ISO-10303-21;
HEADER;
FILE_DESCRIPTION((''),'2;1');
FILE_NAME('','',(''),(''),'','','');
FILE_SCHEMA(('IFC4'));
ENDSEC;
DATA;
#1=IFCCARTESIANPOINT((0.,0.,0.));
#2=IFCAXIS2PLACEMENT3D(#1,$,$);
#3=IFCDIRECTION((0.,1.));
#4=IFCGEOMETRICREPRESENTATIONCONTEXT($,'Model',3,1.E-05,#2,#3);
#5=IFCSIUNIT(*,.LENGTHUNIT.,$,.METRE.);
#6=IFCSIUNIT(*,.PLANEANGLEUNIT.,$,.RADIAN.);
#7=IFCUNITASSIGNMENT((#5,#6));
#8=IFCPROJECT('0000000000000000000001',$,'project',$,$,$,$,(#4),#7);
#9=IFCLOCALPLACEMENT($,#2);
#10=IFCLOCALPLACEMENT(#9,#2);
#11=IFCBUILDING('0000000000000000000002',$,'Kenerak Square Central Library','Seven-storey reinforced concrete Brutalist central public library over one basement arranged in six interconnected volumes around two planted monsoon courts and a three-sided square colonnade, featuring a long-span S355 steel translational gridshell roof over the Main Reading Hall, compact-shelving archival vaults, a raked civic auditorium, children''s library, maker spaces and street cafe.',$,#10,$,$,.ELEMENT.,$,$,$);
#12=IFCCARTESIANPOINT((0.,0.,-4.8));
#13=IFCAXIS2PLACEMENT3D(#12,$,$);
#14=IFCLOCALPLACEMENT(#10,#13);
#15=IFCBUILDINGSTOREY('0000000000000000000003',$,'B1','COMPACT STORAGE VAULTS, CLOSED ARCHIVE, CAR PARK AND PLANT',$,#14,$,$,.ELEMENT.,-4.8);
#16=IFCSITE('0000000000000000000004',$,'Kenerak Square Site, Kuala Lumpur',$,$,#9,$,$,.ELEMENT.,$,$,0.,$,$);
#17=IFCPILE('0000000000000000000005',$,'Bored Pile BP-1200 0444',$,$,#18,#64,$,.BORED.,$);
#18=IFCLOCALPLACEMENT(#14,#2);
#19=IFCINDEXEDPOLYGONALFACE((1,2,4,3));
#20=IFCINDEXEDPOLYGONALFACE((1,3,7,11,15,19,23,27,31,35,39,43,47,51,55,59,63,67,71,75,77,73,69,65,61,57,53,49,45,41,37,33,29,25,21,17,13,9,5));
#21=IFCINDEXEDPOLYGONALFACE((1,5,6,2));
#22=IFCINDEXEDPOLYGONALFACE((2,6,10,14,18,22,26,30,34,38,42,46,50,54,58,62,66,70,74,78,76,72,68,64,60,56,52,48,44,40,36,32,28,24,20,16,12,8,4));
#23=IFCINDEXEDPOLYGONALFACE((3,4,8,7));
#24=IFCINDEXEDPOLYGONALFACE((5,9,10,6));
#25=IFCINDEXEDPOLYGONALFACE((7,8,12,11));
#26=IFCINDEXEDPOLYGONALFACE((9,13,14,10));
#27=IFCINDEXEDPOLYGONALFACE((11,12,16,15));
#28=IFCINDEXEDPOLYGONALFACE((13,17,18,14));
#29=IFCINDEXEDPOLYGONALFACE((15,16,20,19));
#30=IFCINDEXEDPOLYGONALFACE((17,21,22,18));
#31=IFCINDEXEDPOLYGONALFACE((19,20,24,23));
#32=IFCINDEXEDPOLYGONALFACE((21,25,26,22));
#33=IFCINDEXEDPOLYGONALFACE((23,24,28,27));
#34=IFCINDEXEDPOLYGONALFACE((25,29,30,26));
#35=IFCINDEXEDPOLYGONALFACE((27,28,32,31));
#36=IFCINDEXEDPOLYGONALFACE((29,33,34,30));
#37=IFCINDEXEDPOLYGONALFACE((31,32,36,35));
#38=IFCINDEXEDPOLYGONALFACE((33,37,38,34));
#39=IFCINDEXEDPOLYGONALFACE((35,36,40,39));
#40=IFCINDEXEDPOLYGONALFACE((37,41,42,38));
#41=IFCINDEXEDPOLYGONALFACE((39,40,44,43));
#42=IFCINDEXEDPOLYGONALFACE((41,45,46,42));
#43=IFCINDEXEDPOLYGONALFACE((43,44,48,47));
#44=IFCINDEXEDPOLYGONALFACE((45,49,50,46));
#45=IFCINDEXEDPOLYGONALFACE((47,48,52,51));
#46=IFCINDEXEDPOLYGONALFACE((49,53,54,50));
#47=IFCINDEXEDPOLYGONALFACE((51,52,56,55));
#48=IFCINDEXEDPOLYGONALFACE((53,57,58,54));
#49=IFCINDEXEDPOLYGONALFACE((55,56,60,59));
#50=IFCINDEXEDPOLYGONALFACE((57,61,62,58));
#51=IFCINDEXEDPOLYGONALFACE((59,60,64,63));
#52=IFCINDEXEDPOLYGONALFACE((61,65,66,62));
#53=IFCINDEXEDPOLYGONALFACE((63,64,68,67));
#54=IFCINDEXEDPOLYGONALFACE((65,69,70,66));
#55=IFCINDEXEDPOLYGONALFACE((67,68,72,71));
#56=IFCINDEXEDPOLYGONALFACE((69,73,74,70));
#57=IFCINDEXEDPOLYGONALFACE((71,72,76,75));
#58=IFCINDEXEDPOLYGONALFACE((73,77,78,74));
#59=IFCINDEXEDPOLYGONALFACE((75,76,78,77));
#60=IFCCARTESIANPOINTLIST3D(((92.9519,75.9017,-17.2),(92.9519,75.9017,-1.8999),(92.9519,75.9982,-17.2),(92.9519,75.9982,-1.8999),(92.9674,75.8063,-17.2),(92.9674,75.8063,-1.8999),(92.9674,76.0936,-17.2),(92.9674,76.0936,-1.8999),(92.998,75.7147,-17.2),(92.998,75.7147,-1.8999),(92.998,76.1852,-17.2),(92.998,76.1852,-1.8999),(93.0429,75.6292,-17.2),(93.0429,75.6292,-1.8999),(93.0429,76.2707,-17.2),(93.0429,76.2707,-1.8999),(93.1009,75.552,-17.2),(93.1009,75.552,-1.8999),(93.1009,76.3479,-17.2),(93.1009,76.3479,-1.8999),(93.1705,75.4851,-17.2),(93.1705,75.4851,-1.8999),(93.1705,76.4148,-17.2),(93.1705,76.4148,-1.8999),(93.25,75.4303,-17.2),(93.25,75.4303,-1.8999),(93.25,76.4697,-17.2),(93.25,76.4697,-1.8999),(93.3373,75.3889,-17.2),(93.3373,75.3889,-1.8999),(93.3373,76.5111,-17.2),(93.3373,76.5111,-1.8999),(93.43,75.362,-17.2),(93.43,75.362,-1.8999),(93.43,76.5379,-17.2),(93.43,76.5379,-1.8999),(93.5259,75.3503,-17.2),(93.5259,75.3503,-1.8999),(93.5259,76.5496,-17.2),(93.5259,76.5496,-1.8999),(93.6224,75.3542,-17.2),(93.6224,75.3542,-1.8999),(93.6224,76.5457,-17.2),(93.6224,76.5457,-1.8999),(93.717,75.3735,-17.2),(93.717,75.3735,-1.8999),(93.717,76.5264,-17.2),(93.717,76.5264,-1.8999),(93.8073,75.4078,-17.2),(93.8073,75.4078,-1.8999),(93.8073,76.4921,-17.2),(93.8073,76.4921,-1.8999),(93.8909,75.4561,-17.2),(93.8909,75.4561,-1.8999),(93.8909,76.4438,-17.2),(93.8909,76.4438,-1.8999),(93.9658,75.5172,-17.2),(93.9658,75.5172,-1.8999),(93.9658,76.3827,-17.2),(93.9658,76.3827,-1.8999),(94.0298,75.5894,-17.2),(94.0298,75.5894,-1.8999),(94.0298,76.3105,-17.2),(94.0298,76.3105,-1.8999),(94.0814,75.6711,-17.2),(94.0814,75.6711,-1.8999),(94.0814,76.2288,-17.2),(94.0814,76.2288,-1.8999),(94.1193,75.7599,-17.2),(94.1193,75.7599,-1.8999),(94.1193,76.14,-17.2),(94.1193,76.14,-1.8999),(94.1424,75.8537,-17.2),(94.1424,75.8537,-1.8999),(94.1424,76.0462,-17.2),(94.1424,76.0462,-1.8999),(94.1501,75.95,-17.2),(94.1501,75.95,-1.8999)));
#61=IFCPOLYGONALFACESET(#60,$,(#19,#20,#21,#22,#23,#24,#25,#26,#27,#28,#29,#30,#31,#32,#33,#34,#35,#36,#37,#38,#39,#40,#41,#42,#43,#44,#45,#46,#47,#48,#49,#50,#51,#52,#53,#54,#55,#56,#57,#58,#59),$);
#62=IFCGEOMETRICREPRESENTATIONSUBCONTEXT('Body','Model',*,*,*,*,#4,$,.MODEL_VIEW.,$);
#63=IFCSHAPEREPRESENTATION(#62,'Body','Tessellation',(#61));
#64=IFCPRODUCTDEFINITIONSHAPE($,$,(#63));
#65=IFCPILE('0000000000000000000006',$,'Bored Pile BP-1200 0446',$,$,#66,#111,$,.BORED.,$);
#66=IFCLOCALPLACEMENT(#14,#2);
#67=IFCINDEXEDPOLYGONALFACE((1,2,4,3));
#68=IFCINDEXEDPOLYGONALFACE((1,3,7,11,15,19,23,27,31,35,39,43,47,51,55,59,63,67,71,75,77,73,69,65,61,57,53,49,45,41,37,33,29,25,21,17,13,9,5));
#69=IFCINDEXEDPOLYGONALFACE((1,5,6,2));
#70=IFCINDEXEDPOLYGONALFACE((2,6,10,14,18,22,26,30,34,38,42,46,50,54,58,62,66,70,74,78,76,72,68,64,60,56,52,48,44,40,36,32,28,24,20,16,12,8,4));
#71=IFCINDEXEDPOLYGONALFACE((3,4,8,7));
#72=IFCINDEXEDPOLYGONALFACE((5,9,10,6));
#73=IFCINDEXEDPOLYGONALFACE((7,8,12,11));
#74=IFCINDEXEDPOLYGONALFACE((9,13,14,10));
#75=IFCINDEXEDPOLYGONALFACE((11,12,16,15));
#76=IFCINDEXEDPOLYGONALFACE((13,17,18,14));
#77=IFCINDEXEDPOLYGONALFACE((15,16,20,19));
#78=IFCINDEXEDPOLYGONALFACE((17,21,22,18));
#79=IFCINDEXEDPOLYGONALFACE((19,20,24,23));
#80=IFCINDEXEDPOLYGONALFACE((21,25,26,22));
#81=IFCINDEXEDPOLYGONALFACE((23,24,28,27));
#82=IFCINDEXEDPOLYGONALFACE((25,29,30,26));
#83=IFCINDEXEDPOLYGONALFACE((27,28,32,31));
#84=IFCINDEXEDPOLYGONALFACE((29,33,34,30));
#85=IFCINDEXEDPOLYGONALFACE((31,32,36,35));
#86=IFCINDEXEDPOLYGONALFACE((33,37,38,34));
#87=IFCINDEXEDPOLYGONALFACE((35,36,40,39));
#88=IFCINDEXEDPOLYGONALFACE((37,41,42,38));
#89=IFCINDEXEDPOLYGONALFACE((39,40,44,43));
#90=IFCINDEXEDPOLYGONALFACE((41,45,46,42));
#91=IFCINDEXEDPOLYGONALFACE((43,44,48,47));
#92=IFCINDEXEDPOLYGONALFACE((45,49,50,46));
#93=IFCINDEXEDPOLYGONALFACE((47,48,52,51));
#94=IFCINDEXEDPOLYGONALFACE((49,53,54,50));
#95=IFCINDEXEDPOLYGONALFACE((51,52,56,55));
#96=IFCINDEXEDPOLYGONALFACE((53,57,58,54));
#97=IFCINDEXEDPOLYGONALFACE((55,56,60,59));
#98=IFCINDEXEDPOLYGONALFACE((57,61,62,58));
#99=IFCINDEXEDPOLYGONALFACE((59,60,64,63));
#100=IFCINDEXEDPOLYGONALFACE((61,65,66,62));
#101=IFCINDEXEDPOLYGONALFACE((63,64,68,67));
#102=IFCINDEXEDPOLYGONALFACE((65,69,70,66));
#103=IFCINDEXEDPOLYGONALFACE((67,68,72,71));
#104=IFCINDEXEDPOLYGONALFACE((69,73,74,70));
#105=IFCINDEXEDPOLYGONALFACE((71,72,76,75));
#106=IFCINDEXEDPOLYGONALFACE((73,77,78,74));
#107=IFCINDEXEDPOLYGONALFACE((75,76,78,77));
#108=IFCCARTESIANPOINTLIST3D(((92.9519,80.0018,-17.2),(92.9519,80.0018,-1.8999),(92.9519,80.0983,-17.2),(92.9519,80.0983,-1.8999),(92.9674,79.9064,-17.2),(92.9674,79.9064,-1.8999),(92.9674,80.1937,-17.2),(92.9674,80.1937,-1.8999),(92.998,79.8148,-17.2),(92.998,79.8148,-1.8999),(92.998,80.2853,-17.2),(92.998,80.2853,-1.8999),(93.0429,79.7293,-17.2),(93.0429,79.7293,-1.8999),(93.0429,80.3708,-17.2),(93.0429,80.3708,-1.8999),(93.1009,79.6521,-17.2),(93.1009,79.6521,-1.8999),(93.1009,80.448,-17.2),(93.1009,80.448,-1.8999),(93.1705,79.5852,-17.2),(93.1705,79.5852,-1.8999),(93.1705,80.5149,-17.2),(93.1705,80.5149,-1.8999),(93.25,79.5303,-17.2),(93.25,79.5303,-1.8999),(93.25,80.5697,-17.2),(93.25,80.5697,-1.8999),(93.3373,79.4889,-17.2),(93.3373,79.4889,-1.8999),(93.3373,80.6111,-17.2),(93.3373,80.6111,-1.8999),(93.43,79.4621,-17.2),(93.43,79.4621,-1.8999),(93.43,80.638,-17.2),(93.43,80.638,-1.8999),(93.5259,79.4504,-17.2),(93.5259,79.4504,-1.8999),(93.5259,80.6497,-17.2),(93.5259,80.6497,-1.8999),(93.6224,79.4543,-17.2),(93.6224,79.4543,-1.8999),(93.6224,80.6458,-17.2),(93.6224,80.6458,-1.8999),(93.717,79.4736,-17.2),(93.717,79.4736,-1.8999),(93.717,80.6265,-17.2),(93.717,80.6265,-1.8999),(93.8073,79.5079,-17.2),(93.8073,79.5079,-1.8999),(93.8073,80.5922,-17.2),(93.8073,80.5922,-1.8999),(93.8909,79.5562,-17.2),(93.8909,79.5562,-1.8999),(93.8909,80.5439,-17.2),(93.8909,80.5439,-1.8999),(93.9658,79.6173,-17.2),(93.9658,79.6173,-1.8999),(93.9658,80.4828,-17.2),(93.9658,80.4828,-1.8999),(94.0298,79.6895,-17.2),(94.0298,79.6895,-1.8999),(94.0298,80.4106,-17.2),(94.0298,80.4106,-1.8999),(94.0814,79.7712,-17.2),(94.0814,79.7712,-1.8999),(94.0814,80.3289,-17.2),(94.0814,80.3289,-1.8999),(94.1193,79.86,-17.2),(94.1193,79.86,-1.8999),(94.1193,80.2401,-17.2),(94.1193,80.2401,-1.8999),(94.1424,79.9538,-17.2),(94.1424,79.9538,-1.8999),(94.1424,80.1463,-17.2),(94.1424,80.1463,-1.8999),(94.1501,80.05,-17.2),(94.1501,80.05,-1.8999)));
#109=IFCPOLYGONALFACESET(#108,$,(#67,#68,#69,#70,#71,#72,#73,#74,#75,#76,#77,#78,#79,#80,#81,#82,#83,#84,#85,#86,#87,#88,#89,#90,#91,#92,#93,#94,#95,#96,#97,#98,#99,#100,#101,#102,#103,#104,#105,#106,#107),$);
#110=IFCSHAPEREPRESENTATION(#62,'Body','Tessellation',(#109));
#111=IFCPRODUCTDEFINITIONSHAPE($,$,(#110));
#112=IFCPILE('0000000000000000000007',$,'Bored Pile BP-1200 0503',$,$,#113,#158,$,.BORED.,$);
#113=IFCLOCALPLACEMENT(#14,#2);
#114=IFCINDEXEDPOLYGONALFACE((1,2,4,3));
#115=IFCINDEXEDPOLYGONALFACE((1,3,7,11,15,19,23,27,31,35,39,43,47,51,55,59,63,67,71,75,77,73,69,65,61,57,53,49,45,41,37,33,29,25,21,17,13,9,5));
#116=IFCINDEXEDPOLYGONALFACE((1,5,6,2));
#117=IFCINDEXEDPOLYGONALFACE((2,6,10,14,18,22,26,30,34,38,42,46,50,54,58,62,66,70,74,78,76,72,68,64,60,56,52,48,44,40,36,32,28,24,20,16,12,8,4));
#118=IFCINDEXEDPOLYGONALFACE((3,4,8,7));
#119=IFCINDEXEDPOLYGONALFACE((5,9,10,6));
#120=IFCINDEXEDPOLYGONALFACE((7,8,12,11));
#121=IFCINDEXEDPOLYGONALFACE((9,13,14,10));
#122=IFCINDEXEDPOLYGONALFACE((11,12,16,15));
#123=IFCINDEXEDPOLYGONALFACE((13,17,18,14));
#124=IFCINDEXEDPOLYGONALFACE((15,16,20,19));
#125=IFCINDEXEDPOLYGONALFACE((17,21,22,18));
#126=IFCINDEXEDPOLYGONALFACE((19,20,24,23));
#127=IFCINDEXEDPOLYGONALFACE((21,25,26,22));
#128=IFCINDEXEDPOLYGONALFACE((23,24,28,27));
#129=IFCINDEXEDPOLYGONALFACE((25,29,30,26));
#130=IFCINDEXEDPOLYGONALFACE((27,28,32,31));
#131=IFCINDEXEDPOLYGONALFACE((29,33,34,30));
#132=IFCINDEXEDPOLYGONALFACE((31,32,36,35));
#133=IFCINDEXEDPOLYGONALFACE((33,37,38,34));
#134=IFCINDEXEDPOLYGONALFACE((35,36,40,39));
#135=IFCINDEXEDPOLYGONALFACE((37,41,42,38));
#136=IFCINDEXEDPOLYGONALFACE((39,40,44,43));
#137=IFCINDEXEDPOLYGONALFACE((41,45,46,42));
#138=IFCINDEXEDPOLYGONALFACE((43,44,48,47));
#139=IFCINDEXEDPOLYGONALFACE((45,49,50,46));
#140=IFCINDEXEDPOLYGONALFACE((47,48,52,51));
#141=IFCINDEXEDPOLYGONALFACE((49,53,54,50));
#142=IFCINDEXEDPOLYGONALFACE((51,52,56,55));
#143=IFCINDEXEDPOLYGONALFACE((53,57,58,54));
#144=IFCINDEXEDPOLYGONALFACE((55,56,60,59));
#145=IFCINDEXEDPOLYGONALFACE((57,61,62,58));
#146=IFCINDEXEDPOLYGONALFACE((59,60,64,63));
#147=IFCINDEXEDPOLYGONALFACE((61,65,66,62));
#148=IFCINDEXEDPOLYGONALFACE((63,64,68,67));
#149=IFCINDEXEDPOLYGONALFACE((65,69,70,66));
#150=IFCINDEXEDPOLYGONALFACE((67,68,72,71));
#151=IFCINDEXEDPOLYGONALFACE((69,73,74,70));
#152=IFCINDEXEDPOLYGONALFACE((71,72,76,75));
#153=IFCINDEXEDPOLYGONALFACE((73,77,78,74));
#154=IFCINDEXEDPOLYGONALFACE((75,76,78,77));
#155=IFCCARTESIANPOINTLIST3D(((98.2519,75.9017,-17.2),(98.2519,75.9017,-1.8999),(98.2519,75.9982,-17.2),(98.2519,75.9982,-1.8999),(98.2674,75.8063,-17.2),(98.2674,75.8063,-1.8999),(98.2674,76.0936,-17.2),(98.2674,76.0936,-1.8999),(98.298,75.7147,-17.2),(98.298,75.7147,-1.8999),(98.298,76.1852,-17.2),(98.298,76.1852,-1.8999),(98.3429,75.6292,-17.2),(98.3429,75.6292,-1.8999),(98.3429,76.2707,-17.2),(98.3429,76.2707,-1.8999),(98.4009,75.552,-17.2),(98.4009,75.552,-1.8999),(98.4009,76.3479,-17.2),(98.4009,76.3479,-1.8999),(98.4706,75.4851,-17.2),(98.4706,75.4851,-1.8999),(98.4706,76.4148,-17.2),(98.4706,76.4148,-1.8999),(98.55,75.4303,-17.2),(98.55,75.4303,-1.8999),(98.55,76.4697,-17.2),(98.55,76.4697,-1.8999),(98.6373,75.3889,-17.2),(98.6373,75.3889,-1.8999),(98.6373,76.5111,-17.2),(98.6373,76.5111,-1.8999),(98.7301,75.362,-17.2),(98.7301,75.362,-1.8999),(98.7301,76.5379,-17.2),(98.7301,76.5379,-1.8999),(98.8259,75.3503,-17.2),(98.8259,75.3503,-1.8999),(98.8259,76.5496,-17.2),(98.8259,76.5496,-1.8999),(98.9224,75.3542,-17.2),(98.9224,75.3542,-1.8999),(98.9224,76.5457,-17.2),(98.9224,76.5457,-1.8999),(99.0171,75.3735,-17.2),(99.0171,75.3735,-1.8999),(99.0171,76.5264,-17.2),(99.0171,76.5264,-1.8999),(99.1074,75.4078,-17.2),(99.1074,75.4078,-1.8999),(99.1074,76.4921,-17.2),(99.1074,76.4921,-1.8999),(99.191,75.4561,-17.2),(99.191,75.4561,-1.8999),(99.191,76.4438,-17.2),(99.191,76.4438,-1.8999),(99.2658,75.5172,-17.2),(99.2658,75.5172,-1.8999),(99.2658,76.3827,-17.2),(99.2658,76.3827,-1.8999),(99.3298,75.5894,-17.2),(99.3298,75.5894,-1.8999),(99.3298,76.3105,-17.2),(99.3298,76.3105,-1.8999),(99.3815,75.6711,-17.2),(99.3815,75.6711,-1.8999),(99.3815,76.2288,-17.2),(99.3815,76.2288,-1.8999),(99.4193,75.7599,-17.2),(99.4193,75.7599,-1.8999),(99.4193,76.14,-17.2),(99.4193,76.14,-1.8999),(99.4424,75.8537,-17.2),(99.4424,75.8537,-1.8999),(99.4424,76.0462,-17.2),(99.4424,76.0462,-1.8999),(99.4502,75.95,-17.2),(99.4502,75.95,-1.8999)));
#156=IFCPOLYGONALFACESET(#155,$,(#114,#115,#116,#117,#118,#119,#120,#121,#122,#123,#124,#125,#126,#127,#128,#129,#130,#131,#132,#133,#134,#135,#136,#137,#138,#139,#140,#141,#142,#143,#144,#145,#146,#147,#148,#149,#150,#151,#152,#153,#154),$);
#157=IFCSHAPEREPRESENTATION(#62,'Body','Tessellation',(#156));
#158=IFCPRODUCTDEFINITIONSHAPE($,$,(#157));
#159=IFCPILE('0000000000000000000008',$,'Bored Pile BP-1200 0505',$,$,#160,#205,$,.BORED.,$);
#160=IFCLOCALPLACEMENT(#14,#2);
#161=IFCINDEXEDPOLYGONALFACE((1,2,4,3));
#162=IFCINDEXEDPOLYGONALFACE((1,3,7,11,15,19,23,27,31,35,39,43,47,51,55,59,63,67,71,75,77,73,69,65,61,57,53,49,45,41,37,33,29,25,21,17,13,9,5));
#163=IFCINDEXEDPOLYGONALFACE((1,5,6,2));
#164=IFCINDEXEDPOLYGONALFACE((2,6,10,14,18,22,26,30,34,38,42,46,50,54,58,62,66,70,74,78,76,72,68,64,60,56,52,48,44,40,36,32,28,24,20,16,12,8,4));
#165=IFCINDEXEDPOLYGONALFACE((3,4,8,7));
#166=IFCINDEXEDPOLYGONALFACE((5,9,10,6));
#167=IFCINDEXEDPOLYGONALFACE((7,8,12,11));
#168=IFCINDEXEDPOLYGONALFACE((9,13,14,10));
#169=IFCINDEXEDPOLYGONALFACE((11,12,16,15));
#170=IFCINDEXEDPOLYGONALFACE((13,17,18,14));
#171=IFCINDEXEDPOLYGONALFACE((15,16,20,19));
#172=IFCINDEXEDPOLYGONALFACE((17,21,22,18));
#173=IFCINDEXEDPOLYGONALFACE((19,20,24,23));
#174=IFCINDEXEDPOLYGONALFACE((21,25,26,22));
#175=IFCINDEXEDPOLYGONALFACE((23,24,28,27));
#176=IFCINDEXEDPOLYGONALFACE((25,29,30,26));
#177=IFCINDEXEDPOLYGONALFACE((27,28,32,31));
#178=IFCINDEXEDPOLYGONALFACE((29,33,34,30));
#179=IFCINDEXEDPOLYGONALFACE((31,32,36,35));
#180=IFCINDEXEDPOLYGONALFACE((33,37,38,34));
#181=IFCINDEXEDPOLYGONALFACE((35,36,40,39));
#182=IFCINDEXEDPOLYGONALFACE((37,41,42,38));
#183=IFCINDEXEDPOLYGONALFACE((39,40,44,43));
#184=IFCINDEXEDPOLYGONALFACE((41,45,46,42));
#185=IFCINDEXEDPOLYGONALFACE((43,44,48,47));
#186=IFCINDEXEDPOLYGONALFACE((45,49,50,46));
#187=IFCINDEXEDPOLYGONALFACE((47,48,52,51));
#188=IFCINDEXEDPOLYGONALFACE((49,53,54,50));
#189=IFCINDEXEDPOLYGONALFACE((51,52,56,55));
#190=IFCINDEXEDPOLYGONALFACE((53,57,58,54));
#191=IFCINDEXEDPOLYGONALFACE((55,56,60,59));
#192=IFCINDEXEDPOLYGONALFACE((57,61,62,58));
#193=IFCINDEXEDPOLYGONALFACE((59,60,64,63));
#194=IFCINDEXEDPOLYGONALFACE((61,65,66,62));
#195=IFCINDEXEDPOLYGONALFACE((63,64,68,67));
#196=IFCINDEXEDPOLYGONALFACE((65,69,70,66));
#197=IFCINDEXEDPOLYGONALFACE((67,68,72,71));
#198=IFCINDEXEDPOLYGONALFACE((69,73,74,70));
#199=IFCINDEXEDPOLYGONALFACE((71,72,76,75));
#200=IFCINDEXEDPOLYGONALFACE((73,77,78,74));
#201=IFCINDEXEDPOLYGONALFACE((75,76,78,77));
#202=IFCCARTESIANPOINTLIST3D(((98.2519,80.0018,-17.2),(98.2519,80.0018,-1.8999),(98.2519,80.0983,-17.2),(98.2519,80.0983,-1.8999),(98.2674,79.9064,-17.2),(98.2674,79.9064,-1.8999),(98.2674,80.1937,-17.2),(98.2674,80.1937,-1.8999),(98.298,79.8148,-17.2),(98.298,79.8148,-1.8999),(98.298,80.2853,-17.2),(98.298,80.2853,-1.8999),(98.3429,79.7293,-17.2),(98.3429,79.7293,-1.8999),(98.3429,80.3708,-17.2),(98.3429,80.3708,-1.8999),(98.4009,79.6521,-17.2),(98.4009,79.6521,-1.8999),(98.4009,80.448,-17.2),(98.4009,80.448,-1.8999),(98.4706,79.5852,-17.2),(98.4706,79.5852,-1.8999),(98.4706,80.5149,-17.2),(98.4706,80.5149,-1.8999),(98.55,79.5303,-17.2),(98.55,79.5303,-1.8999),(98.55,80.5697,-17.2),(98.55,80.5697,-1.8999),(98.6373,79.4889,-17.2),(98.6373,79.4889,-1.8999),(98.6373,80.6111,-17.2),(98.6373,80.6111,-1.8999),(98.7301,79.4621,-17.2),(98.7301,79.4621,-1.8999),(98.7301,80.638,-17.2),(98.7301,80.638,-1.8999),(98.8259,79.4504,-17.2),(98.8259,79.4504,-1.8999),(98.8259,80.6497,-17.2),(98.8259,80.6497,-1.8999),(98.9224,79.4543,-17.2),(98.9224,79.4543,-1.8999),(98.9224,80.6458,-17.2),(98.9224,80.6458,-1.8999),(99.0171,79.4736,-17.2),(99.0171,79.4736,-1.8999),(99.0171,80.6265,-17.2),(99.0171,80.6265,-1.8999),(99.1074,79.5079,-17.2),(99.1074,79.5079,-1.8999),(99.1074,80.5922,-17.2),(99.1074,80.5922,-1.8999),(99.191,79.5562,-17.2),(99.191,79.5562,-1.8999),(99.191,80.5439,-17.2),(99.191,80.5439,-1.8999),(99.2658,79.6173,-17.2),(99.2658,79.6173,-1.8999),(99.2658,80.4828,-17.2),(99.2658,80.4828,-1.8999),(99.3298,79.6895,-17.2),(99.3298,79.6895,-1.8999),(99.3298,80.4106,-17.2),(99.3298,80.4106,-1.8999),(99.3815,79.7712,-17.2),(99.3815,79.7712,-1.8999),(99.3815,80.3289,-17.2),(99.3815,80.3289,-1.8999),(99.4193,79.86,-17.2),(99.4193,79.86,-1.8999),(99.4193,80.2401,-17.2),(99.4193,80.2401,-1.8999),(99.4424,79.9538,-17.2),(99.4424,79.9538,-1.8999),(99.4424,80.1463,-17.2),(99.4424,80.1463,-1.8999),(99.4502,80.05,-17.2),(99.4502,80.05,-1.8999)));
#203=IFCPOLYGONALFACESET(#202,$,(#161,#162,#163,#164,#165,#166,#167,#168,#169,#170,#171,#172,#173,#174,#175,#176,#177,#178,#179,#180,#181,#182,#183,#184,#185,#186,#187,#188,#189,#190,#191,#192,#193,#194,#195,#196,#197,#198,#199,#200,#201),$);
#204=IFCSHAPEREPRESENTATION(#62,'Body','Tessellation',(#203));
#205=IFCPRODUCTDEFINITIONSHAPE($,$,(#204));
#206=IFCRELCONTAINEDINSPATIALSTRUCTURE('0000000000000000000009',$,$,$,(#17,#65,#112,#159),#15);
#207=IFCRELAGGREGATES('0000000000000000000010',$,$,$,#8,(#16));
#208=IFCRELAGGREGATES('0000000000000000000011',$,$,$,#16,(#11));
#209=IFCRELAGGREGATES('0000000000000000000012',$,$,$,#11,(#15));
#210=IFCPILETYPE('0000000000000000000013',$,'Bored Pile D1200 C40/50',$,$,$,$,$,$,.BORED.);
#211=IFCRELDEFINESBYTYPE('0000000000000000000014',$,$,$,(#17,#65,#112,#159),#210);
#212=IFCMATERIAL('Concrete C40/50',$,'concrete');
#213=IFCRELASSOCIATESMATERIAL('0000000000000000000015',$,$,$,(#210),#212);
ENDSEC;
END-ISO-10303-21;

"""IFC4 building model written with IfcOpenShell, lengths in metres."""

from ifc_helpers import new_model, si_unit, direction, frame, origin, origin_2d, place, context, subcontext, project, spatial, circle, extrude, material, material_profile, profile_set, type_object, element, save


model = new_model("IFC4")

# Units and contexts
model_context = context("Model", 3, precision=1e-05, world=origin(), true_north=direction((0.0, 1.0)))
body_context = subcontext(model_context, "Body", "Model", "MODEL_VIEW")
ifc_project = project(units=[si_unit("LENGTHUNIT", "METRE"), si_unit("PLANEANGLEUNIT", "RADIAN")], contexts=[model_context])

# Site, building, storey
site_placement = place(None, origin())
site = spatial("IfcSite", under=ifc_project, at=site_placement, Name="Kenerak Square Site, Kuala Lumpur", CompositionType="ELEMENT", RefElevation=0.0)
building_placement = place(site_placement, origin())
building = spatial("IfcBuilding", under=site, at=building_placement, Name="Kenerak Square Central Library", Description="Seven-storey reinforced concrete Brutalist central public library over one basement arranged in six interconnected volumes around two planted monsoon courts and a three-sided square colonnade, featuring a long-span S355 steel translational gridshell roof over the Main Reading Hall, compact-shelving archival vaults, a raked civic auditorium, children's library, maker spaces and street cafe.", CompositionType="ELEMENT")
storey_placement = place(building_placement, frame((0.0, 0.0, -4.8)))
storey = spatial("IfcBuildingStorey", under=building, at=storey_placement, Name="B1", Description="COMPACT STORAGE VAULTS, CLOSED ARCHIVE, CAR PARK AND PLANT", CompositionType="ELEMENT", Elevation=-4.8)

# Piles
ifc_material_1 = material(Name="Concrete C40/50", Category="concrete")
ifc_material_profile_1 = material_profile(ifc_material_1, circle(Radius=0.6001, at=origin_2d()), Name="BP D1200")
ifc_profile_set_1 = profile_set([ifc_material_profile_1], Name="Concrete C40/50")
pile_type = type_object("IfcPileType", Name="Bored Pile D1200 C40/50", PredefinedType="BORED", material=ifc_profile_set_1)
for number, where, z_axis, x_axis, name in (
    (1, (93.55, 75.95, -1.8999), (0.0, 0.0, -1.0), (1.0, 0.0, 0.0), "Bored Pile BP-1200 0444"),
    (2, (93.55, 80.05, -1.8999), (0.0, 0.0, -1.0), (1.0, 0.0, 0.0), "Bored Pile BP-1200 0446"),
    (3, (98.8501, 75.95, -1.8999), (0.0, 0.0, -1.0), (1.0, 0.0, 0.0), "Bored Pile BP-1200 0503"),
    (4, (98.8501, 80.05, -1.8999), (0.0, 0.0, -1.0), (1.0, 0.0, 0.0), "Bored Pile BP-1200 0505"),
):
    element("IfcPile", number, at=place(storey_placement, frame(where, z_axis=z_axis, x_axis=x_axis)), inside=storey, type_object=pile_type, Name=name, PredefinedType="BORED", context=body_context, shape_type="SweptSolid", body=[
        extrude(circle(Radius=0.6001, at=origin_2d()), origin(), (0.0, 0.0, 1.0), 15.3),
    ])

save(model, "model.ifc")
